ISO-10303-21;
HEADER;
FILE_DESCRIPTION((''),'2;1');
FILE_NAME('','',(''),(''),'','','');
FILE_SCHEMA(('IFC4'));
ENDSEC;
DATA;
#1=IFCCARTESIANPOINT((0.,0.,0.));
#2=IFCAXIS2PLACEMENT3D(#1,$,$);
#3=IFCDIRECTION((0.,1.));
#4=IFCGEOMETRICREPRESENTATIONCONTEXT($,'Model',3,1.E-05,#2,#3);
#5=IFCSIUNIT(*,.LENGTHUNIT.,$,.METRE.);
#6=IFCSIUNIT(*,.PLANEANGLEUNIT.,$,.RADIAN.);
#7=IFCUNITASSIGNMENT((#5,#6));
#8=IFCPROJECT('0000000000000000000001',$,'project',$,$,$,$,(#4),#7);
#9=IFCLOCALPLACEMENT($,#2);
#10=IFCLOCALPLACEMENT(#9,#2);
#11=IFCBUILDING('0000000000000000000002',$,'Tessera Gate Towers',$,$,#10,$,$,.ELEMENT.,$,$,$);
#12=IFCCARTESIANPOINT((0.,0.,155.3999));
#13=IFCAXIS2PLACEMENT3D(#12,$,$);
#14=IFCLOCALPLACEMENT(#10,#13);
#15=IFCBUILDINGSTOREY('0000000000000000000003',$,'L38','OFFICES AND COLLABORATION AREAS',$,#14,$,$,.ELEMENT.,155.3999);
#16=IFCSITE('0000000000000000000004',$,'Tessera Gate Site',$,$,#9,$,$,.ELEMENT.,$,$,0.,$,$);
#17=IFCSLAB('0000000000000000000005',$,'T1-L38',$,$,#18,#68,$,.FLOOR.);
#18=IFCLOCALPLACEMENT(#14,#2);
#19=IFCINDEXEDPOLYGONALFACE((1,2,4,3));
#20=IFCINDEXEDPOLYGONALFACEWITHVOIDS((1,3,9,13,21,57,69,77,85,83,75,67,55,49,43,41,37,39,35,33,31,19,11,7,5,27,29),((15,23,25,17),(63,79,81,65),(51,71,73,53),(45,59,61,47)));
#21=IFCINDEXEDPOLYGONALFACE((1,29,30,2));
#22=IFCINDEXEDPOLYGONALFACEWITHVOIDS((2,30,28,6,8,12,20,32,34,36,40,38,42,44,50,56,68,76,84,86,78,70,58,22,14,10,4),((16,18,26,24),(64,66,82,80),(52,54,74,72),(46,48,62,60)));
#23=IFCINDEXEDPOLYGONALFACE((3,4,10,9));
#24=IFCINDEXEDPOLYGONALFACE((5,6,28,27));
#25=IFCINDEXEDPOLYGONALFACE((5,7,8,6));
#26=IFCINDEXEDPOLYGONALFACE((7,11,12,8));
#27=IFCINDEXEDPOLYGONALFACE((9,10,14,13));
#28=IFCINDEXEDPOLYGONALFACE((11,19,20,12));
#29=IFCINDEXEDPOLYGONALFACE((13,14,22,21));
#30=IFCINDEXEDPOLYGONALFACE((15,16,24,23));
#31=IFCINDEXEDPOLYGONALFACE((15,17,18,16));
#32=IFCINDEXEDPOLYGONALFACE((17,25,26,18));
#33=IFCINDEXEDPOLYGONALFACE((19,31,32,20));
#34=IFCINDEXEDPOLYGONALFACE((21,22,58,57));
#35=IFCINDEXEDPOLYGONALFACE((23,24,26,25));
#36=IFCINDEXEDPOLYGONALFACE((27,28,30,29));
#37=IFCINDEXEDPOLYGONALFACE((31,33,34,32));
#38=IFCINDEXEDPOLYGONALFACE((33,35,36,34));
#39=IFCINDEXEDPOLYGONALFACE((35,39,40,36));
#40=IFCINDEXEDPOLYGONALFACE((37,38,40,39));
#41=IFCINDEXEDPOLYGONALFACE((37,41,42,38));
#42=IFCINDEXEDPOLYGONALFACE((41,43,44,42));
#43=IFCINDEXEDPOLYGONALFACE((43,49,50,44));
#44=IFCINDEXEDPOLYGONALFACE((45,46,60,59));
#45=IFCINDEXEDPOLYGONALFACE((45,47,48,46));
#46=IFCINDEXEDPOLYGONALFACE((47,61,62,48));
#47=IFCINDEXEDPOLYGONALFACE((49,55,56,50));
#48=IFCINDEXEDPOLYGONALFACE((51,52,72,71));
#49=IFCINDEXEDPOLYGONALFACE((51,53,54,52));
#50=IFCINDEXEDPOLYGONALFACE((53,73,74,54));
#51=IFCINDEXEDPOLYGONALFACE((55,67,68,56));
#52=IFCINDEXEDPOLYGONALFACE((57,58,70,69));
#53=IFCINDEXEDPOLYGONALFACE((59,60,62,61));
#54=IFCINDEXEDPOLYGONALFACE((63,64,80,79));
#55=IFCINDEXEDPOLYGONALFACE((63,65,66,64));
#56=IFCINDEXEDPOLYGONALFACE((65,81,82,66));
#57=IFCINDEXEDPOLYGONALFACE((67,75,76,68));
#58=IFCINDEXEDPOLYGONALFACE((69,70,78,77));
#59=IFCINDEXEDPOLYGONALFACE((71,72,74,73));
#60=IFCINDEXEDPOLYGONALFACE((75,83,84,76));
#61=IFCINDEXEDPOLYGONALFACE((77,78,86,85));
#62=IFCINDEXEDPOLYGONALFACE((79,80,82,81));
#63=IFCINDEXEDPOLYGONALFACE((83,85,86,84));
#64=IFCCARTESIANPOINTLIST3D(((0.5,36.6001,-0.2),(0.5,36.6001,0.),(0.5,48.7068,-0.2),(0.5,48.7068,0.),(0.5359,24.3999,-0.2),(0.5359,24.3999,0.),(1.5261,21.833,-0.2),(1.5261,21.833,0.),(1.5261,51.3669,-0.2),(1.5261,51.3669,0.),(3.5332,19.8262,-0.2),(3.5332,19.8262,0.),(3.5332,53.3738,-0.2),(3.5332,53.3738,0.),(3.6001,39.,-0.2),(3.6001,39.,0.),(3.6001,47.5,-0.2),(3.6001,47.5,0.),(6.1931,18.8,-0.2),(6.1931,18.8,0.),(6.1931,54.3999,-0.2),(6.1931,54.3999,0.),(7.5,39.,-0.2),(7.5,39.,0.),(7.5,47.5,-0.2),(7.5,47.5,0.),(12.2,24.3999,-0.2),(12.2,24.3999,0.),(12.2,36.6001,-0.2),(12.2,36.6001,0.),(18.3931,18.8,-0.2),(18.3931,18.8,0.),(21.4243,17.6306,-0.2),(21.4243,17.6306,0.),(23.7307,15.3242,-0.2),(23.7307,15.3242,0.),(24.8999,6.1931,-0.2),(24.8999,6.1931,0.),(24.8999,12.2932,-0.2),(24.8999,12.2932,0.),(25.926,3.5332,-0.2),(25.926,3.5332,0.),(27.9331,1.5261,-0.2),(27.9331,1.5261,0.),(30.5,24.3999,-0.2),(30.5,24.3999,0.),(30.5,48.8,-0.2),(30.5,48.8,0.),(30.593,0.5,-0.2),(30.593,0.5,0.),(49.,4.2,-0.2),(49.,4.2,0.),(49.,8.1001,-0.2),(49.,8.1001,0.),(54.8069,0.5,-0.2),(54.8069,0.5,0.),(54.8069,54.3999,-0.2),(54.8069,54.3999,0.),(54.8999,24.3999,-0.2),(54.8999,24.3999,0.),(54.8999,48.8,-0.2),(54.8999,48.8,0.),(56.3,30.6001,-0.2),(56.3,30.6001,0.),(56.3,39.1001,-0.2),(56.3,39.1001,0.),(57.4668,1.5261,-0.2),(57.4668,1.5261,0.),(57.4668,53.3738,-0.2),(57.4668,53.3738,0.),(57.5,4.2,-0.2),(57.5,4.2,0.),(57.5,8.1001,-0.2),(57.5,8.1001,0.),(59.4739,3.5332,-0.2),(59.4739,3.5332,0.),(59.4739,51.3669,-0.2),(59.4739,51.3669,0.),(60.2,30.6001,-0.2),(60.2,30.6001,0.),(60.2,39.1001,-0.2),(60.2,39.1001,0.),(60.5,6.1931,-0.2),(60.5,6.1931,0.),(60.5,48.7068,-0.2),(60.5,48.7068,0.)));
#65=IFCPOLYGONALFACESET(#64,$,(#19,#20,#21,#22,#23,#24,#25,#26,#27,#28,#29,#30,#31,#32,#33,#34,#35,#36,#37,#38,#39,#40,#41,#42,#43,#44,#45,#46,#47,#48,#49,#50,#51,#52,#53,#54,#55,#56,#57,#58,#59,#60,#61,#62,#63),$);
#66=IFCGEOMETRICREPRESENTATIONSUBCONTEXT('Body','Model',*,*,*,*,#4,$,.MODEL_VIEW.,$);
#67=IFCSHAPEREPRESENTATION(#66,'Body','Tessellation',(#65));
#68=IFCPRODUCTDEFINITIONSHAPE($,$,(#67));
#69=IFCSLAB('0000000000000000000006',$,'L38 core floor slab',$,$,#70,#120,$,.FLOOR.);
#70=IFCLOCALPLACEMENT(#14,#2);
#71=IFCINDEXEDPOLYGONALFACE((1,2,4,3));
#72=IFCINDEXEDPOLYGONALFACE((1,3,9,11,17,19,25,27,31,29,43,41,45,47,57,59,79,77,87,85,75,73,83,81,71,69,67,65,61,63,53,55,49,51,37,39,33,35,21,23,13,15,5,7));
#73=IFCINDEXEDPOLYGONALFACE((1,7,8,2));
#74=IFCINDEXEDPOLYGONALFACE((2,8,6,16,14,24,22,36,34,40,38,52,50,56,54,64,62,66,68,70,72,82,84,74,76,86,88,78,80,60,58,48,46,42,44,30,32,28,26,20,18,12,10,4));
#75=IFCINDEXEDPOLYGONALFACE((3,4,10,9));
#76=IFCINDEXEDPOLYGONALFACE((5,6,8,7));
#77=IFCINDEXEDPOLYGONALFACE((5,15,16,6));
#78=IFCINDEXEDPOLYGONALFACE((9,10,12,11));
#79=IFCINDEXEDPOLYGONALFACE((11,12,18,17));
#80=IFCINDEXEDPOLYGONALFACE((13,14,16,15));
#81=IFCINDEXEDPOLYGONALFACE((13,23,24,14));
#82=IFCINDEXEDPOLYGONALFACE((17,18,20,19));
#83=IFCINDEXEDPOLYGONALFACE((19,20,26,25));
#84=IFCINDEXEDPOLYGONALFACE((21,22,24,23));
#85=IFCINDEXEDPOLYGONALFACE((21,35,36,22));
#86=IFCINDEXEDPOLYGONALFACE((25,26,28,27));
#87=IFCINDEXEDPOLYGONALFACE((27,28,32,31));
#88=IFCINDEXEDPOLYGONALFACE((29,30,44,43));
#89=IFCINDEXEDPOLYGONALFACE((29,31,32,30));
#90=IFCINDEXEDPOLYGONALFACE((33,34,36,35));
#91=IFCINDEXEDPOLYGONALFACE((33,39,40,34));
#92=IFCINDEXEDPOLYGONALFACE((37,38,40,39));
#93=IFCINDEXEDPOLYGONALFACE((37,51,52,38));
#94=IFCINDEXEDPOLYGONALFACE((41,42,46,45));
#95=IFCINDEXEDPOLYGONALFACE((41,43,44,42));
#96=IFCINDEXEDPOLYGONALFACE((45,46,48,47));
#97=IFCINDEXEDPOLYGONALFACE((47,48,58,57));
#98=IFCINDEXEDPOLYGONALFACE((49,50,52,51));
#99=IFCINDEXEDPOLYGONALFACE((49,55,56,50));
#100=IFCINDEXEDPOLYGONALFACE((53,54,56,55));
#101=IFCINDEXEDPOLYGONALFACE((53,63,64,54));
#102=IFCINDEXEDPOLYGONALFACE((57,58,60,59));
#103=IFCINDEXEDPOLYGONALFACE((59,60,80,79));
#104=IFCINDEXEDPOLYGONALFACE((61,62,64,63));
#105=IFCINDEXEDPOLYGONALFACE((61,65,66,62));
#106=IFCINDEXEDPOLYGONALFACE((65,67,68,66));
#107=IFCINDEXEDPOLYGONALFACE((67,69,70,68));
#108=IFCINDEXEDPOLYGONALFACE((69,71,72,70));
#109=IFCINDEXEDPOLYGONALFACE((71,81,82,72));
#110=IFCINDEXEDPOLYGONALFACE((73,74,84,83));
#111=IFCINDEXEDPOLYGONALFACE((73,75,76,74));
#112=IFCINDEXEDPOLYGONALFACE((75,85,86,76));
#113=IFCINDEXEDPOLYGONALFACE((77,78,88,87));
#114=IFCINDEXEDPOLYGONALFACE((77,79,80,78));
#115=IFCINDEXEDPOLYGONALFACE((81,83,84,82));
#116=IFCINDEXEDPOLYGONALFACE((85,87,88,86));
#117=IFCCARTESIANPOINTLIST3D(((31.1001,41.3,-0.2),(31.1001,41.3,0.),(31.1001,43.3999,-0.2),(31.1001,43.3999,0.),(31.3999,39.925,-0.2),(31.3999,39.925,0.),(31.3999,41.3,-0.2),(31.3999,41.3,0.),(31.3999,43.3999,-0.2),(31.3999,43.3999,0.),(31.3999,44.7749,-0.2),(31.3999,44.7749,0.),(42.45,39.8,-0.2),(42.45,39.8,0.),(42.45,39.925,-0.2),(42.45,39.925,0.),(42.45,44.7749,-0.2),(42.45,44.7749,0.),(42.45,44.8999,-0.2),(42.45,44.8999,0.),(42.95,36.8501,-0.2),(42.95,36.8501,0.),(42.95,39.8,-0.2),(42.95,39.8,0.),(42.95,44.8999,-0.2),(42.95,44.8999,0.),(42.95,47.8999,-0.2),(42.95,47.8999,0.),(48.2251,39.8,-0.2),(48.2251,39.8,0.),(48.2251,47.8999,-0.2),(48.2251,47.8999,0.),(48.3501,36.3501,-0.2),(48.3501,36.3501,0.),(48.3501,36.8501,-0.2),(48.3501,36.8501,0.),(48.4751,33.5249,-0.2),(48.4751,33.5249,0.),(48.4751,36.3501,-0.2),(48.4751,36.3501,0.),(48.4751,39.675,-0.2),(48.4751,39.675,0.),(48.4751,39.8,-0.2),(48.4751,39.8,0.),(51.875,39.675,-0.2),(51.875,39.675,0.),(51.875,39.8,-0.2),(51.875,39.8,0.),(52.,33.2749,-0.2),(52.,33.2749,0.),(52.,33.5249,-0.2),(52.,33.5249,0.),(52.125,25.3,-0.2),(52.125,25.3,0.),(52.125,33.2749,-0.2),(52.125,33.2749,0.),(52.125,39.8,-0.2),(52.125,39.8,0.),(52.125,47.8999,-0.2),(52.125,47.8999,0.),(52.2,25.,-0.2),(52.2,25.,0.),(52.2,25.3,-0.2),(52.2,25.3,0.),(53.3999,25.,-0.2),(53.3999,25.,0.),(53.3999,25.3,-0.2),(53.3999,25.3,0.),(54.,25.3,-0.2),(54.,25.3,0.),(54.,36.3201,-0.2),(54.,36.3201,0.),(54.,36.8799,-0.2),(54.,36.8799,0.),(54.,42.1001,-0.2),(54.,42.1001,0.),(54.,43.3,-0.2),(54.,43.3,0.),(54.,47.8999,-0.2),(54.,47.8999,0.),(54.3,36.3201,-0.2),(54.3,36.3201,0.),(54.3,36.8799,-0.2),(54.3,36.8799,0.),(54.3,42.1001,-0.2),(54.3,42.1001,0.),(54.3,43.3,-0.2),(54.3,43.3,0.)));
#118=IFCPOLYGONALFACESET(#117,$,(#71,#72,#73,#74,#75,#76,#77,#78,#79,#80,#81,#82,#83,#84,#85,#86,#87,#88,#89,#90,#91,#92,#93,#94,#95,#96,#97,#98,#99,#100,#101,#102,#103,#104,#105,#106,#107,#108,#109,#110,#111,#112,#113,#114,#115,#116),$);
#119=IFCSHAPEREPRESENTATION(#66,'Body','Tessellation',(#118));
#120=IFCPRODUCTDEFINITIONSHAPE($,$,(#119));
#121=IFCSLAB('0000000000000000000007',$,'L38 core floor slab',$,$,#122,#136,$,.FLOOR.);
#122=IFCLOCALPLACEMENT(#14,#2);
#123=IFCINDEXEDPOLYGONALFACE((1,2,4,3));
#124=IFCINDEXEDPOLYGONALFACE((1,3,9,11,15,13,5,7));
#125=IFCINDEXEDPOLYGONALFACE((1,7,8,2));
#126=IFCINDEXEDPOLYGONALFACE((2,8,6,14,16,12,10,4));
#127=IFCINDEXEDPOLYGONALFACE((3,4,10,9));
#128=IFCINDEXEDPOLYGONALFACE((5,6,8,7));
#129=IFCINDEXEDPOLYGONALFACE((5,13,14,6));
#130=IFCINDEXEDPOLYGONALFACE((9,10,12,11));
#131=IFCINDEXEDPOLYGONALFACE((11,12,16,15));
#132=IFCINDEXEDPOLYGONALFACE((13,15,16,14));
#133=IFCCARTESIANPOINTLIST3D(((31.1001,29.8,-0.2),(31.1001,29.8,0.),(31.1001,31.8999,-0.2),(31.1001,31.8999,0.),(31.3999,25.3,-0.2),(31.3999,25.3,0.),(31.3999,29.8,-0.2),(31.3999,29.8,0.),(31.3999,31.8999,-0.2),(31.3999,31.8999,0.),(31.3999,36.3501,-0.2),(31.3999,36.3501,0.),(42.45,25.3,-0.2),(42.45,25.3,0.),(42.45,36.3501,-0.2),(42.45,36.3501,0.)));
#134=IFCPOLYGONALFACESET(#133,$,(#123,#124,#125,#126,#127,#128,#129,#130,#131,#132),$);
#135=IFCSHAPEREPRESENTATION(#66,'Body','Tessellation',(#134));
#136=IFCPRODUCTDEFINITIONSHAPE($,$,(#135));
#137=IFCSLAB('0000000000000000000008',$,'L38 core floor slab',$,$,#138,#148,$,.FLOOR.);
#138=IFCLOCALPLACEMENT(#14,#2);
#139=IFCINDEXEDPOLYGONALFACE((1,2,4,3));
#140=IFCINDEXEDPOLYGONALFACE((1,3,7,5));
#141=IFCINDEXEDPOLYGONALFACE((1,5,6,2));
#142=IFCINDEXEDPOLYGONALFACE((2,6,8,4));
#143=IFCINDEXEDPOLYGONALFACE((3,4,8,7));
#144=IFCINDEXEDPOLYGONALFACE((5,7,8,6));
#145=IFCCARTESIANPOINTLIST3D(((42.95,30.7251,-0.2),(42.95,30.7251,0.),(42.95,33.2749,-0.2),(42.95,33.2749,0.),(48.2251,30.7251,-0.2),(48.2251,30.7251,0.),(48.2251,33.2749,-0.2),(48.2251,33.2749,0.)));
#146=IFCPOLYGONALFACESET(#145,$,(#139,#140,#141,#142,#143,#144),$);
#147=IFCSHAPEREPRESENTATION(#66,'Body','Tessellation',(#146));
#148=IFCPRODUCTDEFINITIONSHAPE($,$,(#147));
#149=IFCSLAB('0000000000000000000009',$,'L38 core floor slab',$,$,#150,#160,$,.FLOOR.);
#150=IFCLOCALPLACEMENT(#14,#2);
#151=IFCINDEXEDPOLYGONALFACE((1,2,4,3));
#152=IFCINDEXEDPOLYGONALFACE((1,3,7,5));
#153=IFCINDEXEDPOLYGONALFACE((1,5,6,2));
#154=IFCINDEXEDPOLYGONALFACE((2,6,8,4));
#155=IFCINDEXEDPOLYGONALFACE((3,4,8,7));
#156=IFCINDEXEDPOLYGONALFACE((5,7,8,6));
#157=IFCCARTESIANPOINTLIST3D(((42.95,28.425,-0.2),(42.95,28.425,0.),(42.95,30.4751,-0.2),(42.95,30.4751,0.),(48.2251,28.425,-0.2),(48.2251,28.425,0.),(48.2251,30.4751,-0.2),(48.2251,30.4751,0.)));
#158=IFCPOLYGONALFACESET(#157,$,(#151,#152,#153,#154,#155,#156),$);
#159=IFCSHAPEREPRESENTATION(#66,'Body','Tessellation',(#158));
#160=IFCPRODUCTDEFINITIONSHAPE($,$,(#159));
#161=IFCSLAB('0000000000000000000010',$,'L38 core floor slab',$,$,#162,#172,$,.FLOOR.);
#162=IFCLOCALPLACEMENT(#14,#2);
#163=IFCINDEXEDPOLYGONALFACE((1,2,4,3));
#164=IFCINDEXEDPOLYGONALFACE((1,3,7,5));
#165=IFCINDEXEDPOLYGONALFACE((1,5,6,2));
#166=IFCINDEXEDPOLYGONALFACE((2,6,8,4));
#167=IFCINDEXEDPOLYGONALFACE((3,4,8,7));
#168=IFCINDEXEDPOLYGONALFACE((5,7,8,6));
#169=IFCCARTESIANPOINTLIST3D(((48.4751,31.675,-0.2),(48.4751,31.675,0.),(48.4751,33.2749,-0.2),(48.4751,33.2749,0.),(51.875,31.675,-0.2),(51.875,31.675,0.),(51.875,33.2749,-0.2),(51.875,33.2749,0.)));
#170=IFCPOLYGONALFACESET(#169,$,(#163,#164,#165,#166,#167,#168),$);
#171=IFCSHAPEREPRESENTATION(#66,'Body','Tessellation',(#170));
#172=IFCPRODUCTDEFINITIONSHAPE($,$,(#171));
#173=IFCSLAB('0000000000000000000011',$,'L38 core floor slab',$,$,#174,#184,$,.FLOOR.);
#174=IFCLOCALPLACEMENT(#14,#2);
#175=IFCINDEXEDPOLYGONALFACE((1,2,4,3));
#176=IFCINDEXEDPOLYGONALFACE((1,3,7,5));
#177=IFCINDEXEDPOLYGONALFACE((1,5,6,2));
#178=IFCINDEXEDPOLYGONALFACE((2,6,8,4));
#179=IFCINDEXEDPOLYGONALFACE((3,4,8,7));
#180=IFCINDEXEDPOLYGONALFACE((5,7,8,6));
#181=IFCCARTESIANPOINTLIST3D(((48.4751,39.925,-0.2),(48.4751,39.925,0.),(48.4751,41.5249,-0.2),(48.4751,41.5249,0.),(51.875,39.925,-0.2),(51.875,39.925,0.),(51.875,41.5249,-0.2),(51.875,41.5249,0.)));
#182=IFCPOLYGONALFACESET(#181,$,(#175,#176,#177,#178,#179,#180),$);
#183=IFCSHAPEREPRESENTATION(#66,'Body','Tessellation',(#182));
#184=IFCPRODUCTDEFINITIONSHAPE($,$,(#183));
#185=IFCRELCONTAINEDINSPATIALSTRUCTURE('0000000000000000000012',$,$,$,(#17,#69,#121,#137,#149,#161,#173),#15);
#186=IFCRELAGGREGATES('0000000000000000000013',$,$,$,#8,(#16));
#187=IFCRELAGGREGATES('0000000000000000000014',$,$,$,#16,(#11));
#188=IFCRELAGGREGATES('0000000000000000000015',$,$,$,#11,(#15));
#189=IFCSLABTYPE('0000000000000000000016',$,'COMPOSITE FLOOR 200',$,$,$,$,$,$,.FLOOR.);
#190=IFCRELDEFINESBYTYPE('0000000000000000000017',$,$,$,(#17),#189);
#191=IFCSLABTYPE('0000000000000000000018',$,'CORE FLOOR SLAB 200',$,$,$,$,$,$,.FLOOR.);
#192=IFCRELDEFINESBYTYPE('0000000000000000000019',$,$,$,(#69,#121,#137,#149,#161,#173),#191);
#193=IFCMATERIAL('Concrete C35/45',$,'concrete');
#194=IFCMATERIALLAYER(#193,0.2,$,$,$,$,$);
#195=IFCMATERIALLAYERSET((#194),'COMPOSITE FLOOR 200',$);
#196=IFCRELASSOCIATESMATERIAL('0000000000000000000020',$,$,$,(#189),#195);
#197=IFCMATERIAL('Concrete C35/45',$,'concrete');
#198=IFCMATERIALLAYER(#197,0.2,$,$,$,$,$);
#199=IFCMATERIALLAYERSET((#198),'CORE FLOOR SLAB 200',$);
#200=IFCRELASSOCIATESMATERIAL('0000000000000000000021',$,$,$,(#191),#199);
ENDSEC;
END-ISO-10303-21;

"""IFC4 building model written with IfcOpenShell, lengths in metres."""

from ifc_helpers import new_model, si_unit, direction, frame, origin, place, context, subcontext, project, spatial, polyline, outline, extrude, material, layer, layer_set, type_object, element, save


model = new_model("IFC4")

# Units and contexts
model_context = context("Model", 3, precision=1e-05, world=origin(), true_north=direction((0.0, 1.0)))
body_context = subcontext(model_context, "Body", "Model", "MODEL_VIEW")
ifc_project = project(units=[si_unit("LENGTHUNIT", "METRE"), si_unit("PLANEANGLEUNIT", "RADIAN")], contexts=[model_context])

# Site, building, storey
site_placement = place(None, origin())
site = spatial("IfcSite", under=ifc_project, at=site_placement, Name="Tessera Gate Site", CompositionType="ELEMENT", RefElevation=0.0)
building_placement = place(site_placement, origin())
building = spatial("IfcBuilding", under=site, at=building_placement, Name="Tessera Gate Towers", CompositionType="ELEMENT")
storey_placement = place(building_placement, frame((0.0, 0.0, 155.3999)))
storey = spatial("IfcBuildingStorey", under=building, at=storey_placement, Name="L38", Description="OFFICES AND COLLABORATION AREAS", CompositionType="ELEMENT", Elevation=155.3999)

# Slabs
ifc_material_1 = material(Name="Concrete C35/45", Category="concrete")
ifc_layer_1 = layer(ifc_material_1, 0.2)
ifc_layer_set_1 = layer_set([ifc_layer_1], Name="COMPOSITE FLOOR 200")
slab_type_1 = type_object("IfcSlabType", Name="COMPOSITE FLOOR 200", PredefinedType="FLOOR", material=ifc_layer_set_1)
slab_1_placement = place(storey_placement, frame((0.0, 0.0, -0.2)))
element("IfcSlab", 1, at=slab_1_placement, inside=storey, type_object=slab_type_1, Name="T1-L38", PredefinedType="FLOOR", context=body_context, shape_type="SweptSolid", body=[
    extrude(outline(polyline([(0.5, 36.6001), (12.2, 36.6001), (12.2, 24.3999), (0.5359, 24.3999), (1.5261, 21.833), (3.5332, 19.8262), (6.1931, 18.8), (18.3931, 18.8), (21.4243, 17.6306), (23.7307, 15.3242), (24.8999, 12.2932), (24.8999, 6.1931), (25.926, 3.5332), (27.9331, 1.5261), (30.593, 0.5), (54.8069, 0.5), (57.4668, 1.5261), (59.4739, 3.5332), (60.5, 6.1931), (60.5, 48.7068), (59.4739, 51.3669), (57.4668, 53.3738), (54.8069, 54.3999), (6.1931, 54.3999), (3.5332, 53.3738), (1.5261, 51.3669), (0.5, 48.7068), (0.5, 36.6001)]), holes=[polyline([(3.6001, 39.0), (3.6001, 47.5), (7.5, 47.5), (7.5, 39.0), (3.6001, 39.0)]), polyline([(30.5, 24.3999), (30.5, 48.8), (54.8999, 48.8), (54.8999, 24.3999), (30.5, 24.3999)]), polyline([(49.0, 4.2), (49.0, 8.1001), (57.5, 8.1001), (57.5, 4.2), (49.0, 4.2)]), polyline([(56.3, 30.6001), (56.3, 39.1001), (60.2, 39.1001), (60.2, 30.6001), (56.3, 30.6001)])]), origin(), (0.0, 0.0, 1.0), 0.2),
])
ifc_material_2 = material(Name="Concrete C35/45", Category="concrete")
ifc_layer_2 = layer(ifc_material_2, 0.2)
ifc_layer_set_2 = layer_set([ifc_layer_2], Name="CORE FLOOR SLAB 200")
slab_type_2 = type_object("IfcSlabType", Name="CORE FLOOR SLAB 200", PredefinedType="FLOOR", material=ifc_layer_set_2)
slab_2_placement = place(storey_placement, frame((0.0, 0.0, -0.2)))
element("IfcSlab", 2, at=slab_2_placement, inside=storey, type_object=slab_type_2, Name="L38 core floor slab", PredefinedType="FLOOR", context=body_context, shape_type="SweptSolid", body=[
    extrude(outline(polyline([(42.45, 44.8999), (42.45, 44.7749), (31.3999, 44.7749), (31.3999, 43.3999), (31.1001, 43.3999), (31.1001, 41.3), (31.3999, 41.3), (31.3999, 39.925), (42.45, 39.925), (42.45, 39.8), (42.95, 39.8), (42.95, 36.8501), (48.3501, 36.8501), (48.3501, 36.3501), (48.4751, 36.3501), (48.4751, 33.5249), (52.0, 33.5249), (52.0, 33.2749), (52.125, 33.2749), (52.125, 25.3), (52.2, 25.3), (52.2, 25.0), (53.3999, 25.0), (53.3999, 25.3), (54.0, 25.3), (54.0, 36.3201), (54.3, 36.3201), (54.3, 36.8799), (54.0, 36.8799), (54.0, 42.1001), (54.3, 42.1001), (54.3, 43.3), (54.0, 43.3), (54.0, 47.8999), (52.125, 47.8999), (52.125, 39.8), (51.875, 39.8), (51.875, 39.675), (48.4751, 39.675), (48.4751, 39.8), (48.2251, 39.8), (48.2251, 47.8999), (42.95, 47.8999), (42.95, 44.8999), (42.45, 44.8999)])), origin(), (0.0, 0.0, 1.0), 0.2),
])
slab_3_placement = place(storey_placement, frame((0.0, 0.0, -0.2)))
element("IfcSlab", 3, at=slab_3_placement, inside=storey, type_object=slab_type_2, Name="L38 core floor slab", PredefinedType="FLOOR", context=body_context, shape_type="SweptSolid", body=[
    extrude(outline(polyline([(31.3999, 36.3501), (31.3999, 31.8999), (31.1001, 31.8999), (31.1001, 29.8), (31.3999, 29.8), (31.3999, 25.3), (42.45, 25.3), (42.45, 36.3501), (31.3999, 36.3501)])), origin(), (0.0, 0.0, 1.0), 0.2),
])
slab_4_placement = place(storey_placement, frame((0.0, 0.0, -0.2)))
element("IfcSlab", 4, at=slab_4_placement, inside=storey, type_object=slab_type_2, Name="L38 core floor slab", PredefinedType="FLOOR", context=body_context, shape_type="SweptSolid", body=[
    extrude(outline(polyline([(42.95, 33.2749), (42.95, 30.7251), (48.2251, 30.7251), (48.2251, 33.2749), (42.95, 33.2749)])), origin(), (0.0, 0.0, 1.0), 0.2),
])
slab_5_placement = place(storey_placement, frame((0.0, 0.0, -0.2)))
element("IfcSlab", 5, at=slab_5_placement, inside=storey, type_object=slab_type_2, Name="L38 core floor slab", PredefinedType="FLOOR", context=body_context, shape_type="SweptSolid", body=[
    extrude(outline(polyline([(48.2251, 30.4751), (42.95, 30.4751), (42.95, 28.425), (48.2251, 28.425), (48.2251, 30.4751)])), origin(), (0.0, 0.0, 1.0), 0.2),
])
slab_6_placement = place(storey_placement, frame((0.0, 0.0, -0.2)))
element("IfcSlab", 6, at=slab_6_placement, inside=storey, type_object=slab_type_2, Name="L38 core floor slab", PredefinedType="FLOOR", context=body_context, shape_type="SweptSolid", body=[
    extrude(outline(polyline([(51.875, 31.675), (51.875, 33.2749), (48.4751, 33.2749), (48.4751, 31.675), (51.875, 31.675)])), origin(), (0.0, 0.0, 1.0), 0.2),
])
slab_7_placement = place(storey_placement, frame((0.0, 0.0, -0.2)))
element("IfcSlab", 7, at=slab_7_placement, inside=storey, type_object=slab_type_2, Name="L38 core floor slab", PredefinedType="FLOOR", context=body_context, shape_type="SweptSolid", body=[
    extrude(outline(polyline([(48.4751, 41.5249), (48.4751, 39.925), (51.875, 39.925), (51.875, 41.5249), (48.4751, 41.5249)])), origin(), (0.0, 0.0, 1.0), 0.2),
])

save(model, "model.ifc")
